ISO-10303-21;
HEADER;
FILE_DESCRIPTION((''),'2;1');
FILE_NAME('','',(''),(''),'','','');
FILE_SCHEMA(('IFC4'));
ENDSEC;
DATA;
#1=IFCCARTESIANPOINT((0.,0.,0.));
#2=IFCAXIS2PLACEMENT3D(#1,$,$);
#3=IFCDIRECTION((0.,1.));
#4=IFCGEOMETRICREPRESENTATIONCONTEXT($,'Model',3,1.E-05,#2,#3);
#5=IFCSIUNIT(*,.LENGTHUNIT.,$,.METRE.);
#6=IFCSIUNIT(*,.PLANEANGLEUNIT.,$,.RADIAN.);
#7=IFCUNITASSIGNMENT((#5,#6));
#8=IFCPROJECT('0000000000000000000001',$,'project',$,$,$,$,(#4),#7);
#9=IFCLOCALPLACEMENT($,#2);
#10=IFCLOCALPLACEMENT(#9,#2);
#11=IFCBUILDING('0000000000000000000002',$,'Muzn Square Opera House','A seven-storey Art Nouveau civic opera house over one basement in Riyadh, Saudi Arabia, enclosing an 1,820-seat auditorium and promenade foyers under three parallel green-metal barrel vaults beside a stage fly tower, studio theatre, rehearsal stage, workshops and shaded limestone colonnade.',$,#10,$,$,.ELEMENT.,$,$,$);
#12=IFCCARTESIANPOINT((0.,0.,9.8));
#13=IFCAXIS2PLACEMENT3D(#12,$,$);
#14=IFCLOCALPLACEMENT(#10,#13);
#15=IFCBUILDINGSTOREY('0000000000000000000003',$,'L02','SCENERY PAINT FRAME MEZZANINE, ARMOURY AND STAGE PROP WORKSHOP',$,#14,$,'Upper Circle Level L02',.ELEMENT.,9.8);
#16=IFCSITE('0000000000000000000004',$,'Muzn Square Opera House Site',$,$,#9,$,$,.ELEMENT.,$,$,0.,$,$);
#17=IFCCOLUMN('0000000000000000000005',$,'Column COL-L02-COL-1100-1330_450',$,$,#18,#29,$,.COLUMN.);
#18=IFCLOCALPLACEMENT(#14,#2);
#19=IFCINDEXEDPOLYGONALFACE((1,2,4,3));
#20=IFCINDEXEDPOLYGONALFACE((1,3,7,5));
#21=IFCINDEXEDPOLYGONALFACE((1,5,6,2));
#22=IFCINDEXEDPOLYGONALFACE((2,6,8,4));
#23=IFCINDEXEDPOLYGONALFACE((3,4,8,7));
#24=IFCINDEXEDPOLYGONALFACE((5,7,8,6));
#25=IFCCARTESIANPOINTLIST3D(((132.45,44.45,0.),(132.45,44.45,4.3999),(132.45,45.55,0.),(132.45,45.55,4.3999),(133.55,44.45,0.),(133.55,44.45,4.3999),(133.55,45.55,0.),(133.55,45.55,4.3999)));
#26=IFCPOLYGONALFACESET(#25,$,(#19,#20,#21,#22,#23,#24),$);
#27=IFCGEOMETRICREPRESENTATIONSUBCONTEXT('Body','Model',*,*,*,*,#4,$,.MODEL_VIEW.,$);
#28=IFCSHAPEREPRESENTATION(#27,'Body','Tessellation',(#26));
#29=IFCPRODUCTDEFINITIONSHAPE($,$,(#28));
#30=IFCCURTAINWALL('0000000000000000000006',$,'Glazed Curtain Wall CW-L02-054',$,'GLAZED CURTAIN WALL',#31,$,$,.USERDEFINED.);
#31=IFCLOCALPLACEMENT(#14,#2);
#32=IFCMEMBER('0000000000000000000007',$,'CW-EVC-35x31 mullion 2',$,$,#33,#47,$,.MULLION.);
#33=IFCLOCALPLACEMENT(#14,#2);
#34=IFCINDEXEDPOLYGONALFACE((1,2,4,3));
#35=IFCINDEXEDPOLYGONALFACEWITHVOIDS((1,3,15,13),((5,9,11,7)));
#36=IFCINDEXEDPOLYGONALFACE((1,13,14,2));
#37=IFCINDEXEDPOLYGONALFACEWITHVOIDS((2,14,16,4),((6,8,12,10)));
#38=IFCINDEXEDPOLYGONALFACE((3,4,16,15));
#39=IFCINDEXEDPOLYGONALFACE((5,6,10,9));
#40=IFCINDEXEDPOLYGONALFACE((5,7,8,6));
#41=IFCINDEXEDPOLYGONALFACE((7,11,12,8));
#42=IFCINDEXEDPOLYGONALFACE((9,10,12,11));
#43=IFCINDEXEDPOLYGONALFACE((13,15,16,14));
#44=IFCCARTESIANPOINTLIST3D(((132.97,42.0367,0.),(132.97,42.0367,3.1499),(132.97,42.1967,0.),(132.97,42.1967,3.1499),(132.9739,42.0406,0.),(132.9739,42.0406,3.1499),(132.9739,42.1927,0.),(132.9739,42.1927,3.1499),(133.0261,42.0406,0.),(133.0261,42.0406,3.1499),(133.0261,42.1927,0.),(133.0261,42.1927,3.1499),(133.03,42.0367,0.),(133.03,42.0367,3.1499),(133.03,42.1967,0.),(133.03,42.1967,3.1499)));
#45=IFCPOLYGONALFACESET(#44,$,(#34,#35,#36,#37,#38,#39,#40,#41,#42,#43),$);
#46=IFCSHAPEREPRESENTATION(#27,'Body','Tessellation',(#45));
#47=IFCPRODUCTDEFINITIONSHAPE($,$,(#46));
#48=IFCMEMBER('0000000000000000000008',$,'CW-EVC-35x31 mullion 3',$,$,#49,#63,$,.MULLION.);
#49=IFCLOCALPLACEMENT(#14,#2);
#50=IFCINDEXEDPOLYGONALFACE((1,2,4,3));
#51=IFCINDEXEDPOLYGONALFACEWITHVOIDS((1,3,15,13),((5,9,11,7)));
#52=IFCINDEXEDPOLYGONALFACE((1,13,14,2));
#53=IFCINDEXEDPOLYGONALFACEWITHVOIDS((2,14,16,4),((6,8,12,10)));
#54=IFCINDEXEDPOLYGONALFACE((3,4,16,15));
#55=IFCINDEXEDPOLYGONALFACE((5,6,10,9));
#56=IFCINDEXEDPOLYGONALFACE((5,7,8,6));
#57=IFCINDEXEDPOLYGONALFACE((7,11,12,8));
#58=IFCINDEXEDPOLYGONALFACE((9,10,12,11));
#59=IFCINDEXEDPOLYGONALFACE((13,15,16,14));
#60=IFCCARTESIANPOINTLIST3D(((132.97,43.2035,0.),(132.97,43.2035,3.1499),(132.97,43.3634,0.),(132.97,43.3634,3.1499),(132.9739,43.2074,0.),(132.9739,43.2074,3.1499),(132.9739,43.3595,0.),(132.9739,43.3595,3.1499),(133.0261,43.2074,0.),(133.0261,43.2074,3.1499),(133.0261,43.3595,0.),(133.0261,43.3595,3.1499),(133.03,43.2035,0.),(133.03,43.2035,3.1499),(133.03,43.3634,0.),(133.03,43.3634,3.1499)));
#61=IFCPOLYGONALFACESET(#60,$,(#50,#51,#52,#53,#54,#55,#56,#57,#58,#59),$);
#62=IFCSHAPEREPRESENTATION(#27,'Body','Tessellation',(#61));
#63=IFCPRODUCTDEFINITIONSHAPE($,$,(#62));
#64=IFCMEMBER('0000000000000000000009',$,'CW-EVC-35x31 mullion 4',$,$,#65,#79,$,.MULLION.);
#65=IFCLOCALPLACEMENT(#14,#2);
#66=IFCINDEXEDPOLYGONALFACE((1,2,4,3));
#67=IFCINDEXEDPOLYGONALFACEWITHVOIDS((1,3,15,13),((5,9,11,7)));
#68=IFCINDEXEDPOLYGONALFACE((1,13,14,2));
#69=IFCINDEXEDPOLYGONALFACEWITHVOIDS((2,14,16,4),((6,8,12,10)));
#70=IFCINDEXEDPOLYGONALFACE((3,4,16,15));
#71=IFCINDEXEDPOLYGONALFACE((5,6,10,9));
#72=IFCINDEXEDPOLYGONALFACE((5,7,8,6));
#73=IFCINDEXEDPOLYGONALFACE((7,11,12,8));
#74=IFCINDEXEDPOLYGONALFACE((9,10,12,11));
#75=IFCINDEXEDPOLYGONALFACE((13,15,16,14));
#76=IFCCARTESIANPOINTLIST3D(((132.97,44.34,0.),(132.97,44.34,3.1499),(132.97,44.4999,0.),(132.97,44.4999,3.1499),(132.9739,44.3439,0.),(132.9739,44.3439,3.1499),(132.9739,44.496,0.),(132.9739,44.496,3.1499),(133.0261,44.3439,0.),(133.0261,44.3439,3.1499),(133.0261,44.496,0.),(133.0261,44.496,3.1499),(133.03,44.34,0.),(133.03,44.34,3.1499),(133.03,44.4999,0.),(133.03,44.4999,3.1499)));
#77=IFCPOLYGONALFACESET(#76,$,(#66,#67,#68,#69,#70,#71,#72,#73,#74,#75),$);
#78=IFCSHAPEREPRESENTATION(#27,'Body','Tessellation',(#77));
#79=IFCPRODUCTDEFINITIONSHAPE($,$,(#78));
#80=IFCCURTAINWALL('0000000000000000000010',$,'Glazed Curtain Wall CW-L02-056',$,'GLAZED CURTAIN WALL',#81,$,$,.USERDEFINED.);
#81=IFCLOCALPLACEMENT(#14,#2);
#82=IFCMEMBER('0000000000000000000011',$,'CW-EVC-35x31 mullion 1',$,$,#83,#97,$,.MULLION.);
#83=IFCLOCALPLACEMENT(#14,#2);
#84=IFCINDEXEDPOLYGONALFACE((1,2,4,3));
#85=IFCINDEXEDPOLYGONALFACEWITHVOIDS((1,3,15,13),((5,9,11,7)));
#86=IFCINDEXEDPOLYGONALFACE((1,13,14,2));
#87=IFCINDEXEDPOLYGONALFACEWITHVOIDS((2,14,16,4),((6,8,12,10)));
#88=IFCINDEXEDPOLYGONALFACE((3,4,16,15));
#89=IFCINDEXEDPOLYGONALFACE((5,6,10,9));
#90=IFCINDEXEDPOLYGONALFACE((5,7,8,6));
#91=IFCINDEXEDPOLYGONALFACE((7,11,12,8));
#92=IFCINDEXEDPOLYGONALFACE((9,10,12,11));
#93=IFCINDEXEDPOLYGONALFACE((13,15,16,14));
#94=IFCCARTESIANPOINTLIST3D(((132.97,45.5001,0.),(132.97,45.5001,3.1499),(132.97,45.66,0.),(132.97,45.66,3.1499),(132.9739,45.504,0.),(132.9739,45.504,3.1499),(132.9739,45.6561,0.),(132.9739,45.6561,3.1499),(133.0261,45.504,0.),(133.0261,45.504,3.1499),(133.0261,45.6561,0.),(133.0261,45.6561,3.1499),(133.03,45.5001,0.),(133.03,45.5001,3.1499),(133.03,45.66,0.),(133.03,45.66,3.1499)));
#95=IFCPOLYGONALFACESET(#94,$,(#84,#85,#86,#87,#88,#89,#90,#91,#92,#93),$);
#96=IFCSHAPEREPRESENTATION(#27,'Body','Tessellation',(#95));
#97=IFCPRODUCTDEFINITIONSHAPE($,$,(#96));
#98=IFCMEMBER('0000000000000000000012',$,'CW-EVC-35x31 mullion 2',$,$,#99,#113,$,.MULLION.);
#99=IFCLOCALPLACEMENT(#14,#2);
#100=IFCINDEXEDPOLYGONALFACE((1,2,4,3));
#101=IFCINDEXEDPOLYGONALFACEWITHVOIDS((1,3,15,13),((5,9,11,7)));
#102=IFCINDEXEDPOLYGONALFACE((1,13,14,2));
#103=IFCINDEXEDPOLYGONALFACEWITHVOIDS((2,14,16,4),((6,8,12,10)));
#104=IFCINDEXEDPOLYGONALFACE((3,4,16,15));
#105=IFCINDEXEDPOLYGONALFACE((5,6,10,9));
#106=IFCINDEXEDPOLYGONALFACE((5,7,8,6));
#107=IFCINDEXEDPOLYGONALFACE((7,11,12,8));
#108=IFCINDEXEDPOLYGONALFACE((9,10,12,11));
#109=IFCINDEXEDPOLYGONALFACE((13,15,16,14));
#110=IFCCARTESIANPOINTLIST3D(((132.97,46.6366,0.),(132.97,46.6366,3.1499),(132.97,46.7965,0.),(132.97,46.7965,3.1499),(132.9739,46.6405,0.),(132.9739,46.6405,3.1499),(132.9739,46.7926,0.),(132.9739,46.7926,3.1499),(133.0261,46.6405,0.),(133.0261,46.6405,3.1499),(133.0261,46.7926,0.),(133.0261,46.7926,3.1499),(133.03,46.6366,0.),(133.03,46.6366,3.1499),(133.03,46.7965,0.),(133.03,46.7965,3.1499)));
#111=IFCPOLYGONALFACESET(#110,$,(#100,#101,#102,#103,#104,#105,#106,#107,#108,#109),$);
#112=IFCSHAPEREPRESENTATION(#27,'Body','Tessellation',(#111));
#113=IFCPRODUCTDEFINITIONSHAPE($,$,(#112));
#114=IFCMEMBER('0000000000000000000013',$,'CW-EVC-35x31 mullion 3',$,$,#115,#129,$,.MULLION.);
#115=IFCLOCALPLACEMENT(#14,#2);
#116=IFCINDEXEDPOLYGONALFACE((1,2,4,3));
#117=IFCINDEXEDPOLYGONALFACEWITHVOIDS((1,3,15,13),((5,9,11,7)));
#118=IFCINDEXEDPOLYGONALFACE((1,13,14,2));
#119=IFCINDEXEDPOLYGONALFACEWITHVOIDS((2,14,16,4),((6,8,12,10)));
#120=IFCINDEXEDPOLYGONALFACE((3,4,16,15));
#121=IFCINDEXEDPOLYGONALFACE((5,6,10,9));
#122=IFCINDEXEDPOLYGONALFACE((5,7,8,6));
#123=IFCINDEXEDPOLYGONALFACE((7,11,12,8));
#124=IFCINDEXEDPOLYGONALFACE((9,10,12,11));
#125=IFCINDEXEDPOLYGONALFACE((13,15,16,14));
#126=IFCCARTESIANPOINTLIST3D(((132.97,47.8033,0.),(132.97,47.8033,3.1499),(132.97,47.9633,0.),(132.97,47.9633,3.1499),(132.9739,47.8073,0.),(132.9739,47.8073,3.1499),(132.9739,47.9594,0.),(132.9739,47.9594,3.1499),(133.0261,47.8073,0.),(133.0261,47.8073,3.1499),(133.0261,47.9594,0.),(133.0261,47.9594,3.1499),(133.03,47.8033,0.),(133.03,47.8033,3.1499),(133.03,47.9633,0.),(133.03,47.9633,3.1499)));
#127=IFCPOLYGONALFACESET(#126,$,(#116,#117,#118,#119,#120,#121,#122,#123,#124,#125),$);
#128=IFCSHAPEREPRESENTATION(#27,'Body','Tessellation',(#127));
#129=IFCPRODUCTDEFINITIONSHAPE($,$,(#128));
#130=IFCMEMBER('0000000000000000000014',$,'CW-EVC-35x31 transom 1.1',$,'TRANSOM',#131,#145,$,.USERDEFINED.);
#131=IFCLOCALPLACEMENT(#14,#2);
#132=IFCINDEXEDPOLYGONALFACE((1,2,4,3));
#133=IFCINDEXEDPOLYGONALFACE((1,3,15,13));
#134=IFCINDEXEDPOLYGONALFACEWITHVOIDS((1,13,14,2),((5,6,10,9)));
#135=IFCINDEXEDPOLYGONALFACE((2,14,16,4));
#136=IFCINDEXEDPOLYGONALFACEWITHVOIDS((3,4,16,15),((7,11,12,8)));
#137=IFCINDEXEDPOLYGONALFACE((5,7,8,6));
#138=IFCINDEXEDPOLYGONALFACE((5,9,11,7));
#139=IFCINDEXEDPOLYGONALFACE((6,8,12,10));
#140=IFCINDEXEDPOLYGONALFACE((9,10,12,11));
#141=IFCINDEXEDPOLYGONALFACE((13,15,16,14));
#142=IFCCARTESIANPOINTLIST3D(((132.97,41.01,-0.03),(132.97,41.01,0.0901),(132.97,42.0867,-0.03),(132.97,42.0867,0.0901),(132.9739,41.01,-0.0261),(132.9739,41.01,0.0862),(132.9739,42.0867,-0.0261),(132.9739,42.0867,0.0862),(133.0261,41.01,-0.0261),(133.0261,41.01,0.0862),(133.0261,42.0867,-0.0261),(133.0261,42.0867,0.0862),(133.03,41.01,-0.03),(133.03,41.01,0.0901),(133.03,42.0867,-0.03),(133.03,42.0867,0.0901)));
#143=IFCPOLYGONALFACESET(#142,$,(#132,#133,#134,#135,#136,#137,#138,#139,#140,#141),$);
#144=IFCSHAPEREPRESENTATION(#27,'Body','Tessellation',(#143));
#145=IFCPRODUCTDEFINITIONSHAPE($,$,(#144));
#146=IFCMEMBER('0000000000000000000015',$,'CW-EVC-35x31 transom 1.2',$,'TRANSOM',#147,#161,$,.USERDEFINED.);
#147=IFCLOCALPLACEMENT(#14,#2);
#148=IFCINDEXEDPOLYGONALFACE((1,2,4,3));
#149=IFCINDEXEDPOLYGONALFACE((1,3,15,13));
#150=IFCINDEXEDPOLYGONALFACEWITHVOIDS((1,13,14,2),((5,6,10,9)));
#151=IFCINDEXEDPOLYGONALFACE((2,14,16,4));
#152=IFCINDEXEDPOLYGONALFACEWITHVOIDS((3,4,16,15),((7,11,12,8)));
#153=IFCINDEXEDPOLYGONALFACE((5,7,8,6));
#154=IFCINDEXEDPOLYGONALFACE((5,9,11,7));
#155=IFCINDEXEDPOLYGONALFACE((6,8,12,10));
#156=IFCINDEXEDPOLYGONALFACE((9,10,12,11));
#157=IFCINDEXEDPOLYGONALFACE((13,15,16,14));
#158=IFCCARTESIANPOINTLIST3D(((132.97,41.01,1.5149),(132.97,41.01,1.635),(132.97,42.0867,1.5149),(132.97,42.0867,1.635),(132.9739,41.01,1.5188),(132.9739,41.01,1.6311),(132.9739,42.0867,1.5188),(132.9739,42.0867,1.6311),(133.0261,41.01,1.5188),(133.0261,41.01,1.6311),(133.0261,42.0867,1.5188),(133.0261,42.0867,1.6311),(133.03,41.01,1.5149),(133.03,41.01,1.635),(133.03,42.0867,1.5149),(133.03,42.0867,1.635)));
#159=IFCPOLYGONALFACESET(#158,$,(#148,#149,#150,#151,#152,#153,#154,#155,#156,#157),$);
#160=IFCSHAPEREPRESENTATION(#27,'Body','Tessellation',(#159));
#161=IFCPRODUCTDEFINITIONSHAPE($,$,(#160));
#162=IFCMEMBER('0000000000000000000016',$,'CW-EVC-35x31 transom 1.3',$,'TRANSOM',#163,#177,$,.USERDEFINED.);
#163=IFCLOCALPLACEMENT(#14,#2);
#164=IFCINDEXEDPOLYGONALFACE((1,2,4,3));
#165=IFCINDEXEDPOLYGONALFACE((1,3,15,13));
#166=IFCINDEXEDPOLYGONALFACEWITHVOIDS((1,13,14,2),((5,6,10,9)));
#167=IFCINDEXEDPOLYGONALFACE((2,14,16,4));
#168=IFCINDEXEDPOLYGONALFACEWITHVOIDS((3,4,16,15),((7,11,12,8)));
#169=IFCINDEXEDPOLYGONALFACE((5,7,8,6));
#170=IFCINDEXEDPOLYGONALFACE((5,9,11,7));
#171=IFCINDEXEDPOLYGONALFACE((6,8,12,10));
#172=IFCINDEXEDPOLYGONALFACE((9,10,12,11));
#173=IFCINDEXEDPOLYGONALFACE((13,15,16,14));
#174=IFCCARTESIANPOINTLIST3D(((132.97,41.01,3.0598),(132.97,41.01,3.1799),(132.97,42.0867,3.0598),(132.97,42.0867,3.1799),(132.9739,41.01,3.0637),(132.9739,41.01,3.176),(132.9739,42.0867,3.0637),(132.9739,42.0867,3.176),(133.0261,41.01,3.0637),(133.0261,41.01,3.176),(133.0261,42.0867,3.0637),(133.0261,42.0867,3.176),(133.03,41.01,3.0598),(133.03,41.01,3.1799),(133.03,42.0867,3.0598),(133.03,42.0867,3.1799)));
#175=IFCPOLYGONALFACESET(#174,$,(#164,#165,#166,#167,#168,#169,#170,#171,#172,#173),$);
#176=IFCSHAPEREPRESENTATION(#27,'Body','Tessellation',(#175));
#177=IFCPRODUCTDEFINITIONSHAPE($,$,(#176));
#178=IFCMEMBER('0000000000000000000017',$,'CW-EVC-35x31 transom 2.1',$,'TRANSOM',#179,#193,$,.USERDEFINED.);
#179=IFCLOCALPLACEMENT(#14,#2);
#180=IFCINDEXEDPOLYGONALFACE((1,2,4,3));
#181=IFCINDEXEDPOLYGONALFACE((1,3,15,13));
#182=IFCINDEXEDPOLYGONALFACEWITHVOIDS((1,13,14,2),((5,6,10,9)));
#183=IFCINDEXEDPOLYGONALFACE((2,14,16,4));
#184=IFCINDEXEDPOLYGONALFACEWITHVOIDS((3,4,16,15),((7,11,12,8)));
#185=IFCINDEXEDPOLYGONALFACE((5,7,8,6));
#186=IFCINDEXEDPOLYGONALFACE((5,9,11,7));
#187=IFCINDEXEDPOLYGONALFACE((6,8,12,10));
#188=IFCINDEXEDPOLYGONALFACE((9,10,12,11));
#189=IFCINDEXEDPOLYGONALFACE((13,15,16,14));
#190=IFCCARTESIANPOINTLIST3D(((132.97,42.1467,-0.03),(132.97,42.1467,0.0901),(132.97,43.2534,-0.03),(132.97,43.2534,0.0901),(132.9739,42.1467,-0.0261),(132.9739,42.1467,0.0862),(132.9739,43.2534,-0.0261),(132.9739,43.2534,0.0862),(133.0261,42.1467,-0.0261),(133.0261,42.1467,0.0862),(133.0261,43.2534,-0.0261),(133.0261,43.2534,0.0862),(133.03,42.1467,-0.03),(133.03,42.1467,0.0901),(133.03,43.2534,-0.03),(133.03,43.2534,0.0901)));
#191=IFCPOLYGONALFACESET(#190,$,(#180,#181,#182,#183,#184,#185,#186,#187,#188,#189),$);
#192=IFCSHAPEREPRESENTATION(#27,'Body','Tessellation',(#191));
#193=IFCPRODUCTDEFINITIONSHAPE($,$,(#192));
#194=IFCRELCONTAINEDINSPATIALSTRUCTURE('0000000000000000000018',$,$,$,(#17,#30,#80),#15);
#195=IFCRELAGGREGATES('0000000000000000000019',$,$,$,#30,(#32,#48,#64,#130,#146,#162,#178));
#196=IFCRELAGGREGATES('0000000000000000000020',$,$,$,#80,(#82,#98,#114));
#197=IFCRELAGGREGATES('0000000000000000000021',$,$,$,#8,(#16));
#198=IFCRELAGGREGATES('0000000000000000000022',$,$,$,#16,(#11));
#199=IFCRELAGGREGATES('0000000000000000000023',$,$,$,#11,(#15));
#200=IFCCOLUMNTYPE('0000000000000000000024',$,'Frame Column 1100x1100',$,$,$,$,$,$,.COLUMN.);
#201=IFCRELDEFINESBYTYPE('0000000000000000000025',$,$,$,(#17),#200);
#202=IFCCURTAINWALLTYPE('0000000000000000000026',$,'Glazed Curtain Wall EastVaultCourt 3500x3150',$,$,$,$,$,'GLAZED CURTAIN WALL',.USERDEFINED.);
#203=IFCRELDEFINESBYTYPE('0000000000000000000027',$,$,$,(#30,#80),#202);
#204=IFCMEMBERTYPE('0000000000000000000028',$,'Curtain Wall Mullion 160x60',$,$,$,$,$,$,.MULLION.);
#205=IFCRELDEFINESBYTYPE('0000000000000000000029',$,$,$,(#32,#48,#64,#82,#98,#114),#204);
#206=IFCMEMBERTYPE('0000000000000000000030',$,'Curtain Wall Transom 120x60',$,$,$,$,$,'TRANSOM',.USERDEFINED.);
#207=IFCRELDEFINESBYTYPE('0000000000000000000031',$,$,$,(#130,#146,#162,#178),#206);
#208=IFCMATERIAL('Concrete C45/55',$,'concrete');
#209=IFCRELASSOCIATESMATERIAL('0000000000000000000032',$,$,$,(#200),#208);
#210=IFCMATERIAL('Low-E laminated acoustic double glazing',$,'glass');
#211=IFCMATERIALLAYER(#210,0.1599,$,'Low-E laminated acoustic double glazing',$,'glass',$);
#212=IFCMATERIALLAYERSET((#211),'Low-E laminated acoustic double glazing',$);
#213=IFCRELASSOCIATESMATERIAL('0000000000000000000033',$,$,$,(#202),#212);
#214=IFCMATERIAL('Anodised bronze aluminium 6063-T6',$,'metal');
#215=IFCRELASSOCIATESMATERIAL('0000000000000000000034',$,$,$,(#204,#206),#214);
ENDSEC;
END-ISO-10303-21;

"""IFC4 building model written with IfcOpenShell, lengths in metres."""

from ifc_helpers import new_model, si_unit, direction, frame, origin, origin_2d, place, context, subcontext, project, spatial, rectangle, hollow_rectangle, extrude, material, layer, layer_set, material_profile, profile_set, type_object, element, aggregate, save


model = new_model("IFC4")

# Units and contexts
model_context = context("Model", 3, precision=1e-05, world=origin(), true_north=direction((0.0, 1.0)))
body_context = subcontext(model_context, "Body", "Model", "MODEL_VIEW")
ifc_project = project(units=[si_unit("LENGTHUNIT", "METRE"), si_unit("PLANEANGLEUNIT", "RADIAN")], contexts=[model_context])

# Site, building, storey
site_placement = place(None, origin())
site = spatial("IfcSite", under=ifc_project, at=site_placement, Name="Muzn Square Opera House Site", CompositionType="ELEMENT", RefElevation=0.0)
building_placement = place(site_placement, origin())
building = spatial("IfcBuilding", under=site, at=building_placement, Name="Muzn Square Opera House", Description="A seven-storey Art Nouveau civic opera house over one basement in Riyadh, Saudi Arabia, enclosing an 1,820-seat auditorium and promenade foyers under three parallel green-metal barrel vaults beside a stage fly tower, studio theatre, rehearsal stage, workshops and shaded limestone colonnade.", CompositionType="ELEMENT")
storey_placement = place(building_placement, frame((0.0, 0.0, 9.8)))
storey = spatial("IfcBuildingStorey", under=building, at=storey_placement, Name="L02", Description="SCENERY PAINT FRAME MEZZANINE, ARMOURY AND STAGE PROP WORKSHOP", LongName="Upper Circle Level L02", CompositionType="ELEMENT", Elevation=9.8)

# Column
ifc_material_1 = material(Name="Concrete C45/55", Category="concrete")
ifc_material_profile_1 = material_profile(ifc_material_1, rectangle(XDim=1.1001, YDim=1.1001, at=origin_2d()), Name="RC 1100x1100", Category="concrete")
ifc_profile_set_1 = profile_set([ifc_material_profile_1], Name="Concrete C45/55")
column_type = type_object("IfcColumnType", Name="Frame Column 1100x1100", PredefinedType="COLUMN", material=ifc_profile_set_1)
column_placement = place(storey_placement, frame((133.0, 45.0, 0.0), z_axis=(0.0, 0.0, 1.0), x_axis=(1.0, 0.0, 0.0)))
element("IfcColumn", 1, at=column_placement, inside=storey, type_object=column_type, Name="Column COL-L02-COL-1100-1330_450", PredefinedType="COLUMN", context=body_context, shape_type="SweptSolid", body=[
    extrude(rectangle(XDim=1.1001, YDim=1.1001, at=origin_2d()), origin(), (0.0, 0.0, 1.0), 4.3999),
])

# Curtain walls, members
ifc_material_2 = material(Name="Low-E laminated acoustic double glazing", Category="glass")
ifc_layer_1 = layer(ifc_material_2, 0.1599, Name="Low-E laminated acoustic double glazing", Category="glass")
ifc_layer_set_1 = layer_set([ifc_layer_1], Name="Low-E laminated acoustic double glazing")
curtain_wall_type = type_object("IfcCurtainWallType", Name="Glazed Curtain Wall EastVaultCourt 3500x3150", ElementType="GLAZED CURTAIN WALL", PredefinedType="USERDEFINED", material=ifc_layer_set_1)
curtain_wall_1_placement = place(storey_placement, origin())
curtain_wall_1 = element("IfcCurtainWall", 2, at=curtain_wall_1_placement, inside=storey, type_object=curtain_wall_type, Name="Glazed Curtain Wall CW-L02-054", ObjectType="GLAZED CURTAIN WALL", PredefinedType="USERDEFINED")
ifc_material_3 = material(Name="Anodised bronze aluminium 6063-T6", Category="metal")
ifc_material_profile_2 = material_profile(ifc_material_3, hollow_rectangle(XDim=0.0601, YDim=0.1599, WallThickness=0.0039, at=origin_2d()), Name="ALU 160x60x4", Category="metal")
ifc_profile_set_2 = profile_set([ifc_material_profile_2], Name="Anodised bronze aluminium 6063-T6")
member_type_1 = type_object("IfcMemberType", Name="Curtain Wall Mullion 160x60", PredefinedType="MULLION", material=ifc_profile_set_2)
member_1_placement = place(storey_placement, frame((133.0, 42.1167, 0.0), z_axis=(0.0, 0.0, 1.0), x_axis=(-1.0, 0.0, 0.0)))
member_1 = element("IfcMember", 3, at=member_1_placement, type_object=member_type_1, Name="CW-EVC-35x31 mullion 2", PredefinedType="MULLION", context=body_context, shape_type="SweptSolid", body=[
    extrude(hollow_rectangle(XDim=0.0601, YDim=0.1599, WallThickness=0.0039, at=origin_2d()), origin(), (0.0, 0.0, 1.0), 3.1499),
])
member_2_placement = place(storey_placement, frame((133.0, 43.2834, 0.0), z_axis=(0.0, 0.0, 1.0), x_axis=(-1.0, 0.0, 0.0)))
member_2 = element("IfcMember", 4, at=member_2_placement, type_object=member_type_1, Name="CW-EVC-35x31 mullion 3", PredefinedType="MULLION", context=body_context, shape_type="SweptSolid", body=[
    extrude(hollow_rectangle(XDim=0.0601, YDim=0.1599, WallThickness=0.0039, at=origin_2d()), origin(), (0.0, 0.0, 1.0), 3.1499),
])
member_3_placement = place(storey_placement, frame((133.0, 44.4199, 0.0), z_axis=(0.0, 0.0, 1.0), x_axis=(-1.0, 0.0, 0.0)))
member_3 = element("IfcMember", 5, at=member_3_placement, type_object=member_type_1, Name="CW-EVC-35x31 mullion 4", PredefinedType="MULLION", context=body_context, shape_type="SweptSolid", body=[
    extrude(hollow_rectangle(XDim=0.0601, YDim=0.1599, WallThickness=0.0039, at=origin_2d()), origin(), (0.0, 0.0, 1.0), 3.1499),
])
curtain_wall_2_placement = place(storey_placement, origin())
curtain_wall_2 = element("IfcCurtainWall", 6, at=curtain_wall_2_placement, inside=storey, type_object=curtain_wall_type, Name="Glazed Curtain Wall CW-L02-056", ObjectType="GLAZED CURTAIN WALL", PredefinedType="USERDEFINED")
member_4_placement = place(storey_placement, frame((133.0, 45.5801, 0.0), z_axis=(0.0, 0.0, 1.0), x_axis=(-1.0, 0.0, 0.0)))
member_4 = element("IfcMember", 7, at=member_4_placement, type_object=member_type_1, Name="CW-EVC-35x31 mullion 1", PredefinedType="MULLION", context=body_context, shape_type="SweptSolid", body=[
    extrude(hollow_rectangle(XDim=0.0601, YDim=0.1599, WallThickness=0.0039, at=origin_2d()), origin(), (0.0, 0.0, 1.0), 3.1499),
])
member_5_placement = place(storey_placement, frame((133.0, 46.7166, 0.0), z_axis=(0.0, 0.0, 1.0), x_axis=(-1.0, 0.0, 0.0)))
member_5 = element("IfcMember", 8, at=member_5_placement, type_object=member_type_1, Name="CW-EVC-35x31 mullion 2", PredefinedType="MULLION", context=body_context, shape_type="SweptSolid", body=[
    extrude(hollow_rectangle(XDim=0.0601, YDim=0.1599, WallThickness=0.0039, at=origin_2d()), origin(), (0.0, 0.0, 1.0), 3.1499),
])
member_6_placement = place(storey_placement, frame((133.0, 47.8833, 0.0), z_axis=(0.0, 0.0, 1.0), x_axis=(-1.0, 0.0, 0.0)))
member_6 = element("IfcMember", 9, at=member_6_placement, type_object=member_type_1, Name="CW-EVC-35x31 mullion 3", PredefinedType="MULLION", context=body_context, shape_type="SweptSolid", body=[
    extrude(hollow_rectangle(XDim=0.0601, YDim=0.1599, WallThickness=0.0039, at=origin_2d()), origin(), (0.0, 0.0, 1.0), 3.1499),
])

# Members
ifc_material_profile_3 = material_profile(ifc_material_3, hollow_rectangle(XDim=0.0601, YDim=0.1201, WallThickness=0.0039, at=origin_2d()), Name="ALU 120x60x4", Category="metal")
ifc_profile_set_3 = profile_set([ifc_material_profile_3], Name="Anodised bronze aluminium 6063-T6")
member_type_2 = type_object("IfcMemberType", Name="Curtain Wall Transom 120x60", ElementType="TRANSOM", PredefinedType="USERDEFINED", material=ifc_profile_set_3)
member_7_placement = place(storey_placement, frame((133.0, 41.01, 0.03), z_axis=(0.0, 1.0, 0.0), x_axis=(-1.0, 0.0, 0.0)))
member_7 = element("IfcMember", 10, at=member_7_placement, type_object=member_type_2, Name="CW-EVC-35x31 transom 1.1", ObjectType="TRANSOM", PredefinedType="USERDEFINED", context=body_context, shape_type="SweptSolid", body=[
    extrude(hollow_rectangle(XDim=0.0601, YDim=0.1201, WallThickness=0.0039, at=origin_2d()), origin(), (0.0, 0.0, 1.0), 1.0767),
])
member_8_placement = place(storey_placement, frame((133.0, 41.01, 1.575), z_axis=(0.0, 1.0, 0.0), x_axis=(-1.0, 0.0, 0.0)))
member_8 = element("IfcMember", 11, at=member_8_placement, type_object=member_type_2, Name="CW-EVC-35x31 transom 1.2", ObjectType="TRANSOM", PredefinedType="USERDEFINED", context=body_context, shape_type="SweptSolid", body=[
    extrude(hollow_rectangle(XDim=0.0601, YDim=0.1201, WallThickness=0.0039, at=origin_2d()), origin(), (0.0, 0.0, 1.0), 1.0767),
])
member_9_placement = place(storey_placement, frame((133.0, 41.01, 3.1199), z_axis=(0.0, 1.0, 0.0), x_axis=(-1.0, 0.0, 0.0)))
member_9 = element("IfcMember", 12, at=member_9_placement, type_object=member_type_2, Name="CW-EVC-35x31 transom 1.3", ObjectType="TRANSOM", PredefinedType="USERDEFINED", context=body_context, shape_type="SweptSolid", body=[
    extrude(hollow_rectangle(XDim=0.0601, YDim=0.1201, WallThickness=0.0039, at=origin_2d()), origin(), (0.0, 0.0, 1.0), 1.0767),
])
member_10_placement = place(storey_placement, frame((133.0, 42.1467, 0.03), z_axis=(0.0, 1.0, 0.0), x_axis=(-1.0, 0.0, 0.0)))
member_10 = element("IfcMember", 13, at=member_10_placement, type_object=member_type_2, Name="CW-EVC-35x31 transom 2.1", ObjectType="TRANSOM", PredefinedType="USERDEFINED", context=body_context, shape_type="SweptSolid", body=[
    extrude(hollow_rectangle(XDim=0.0601, YDim=0.1201, WallThickness=0.0039, at=origin_2d()), origin(), (0.0, 0.0, 1.0), 1.1067),
])

aggregate(curtain_wall_1, [member_1, member_2, member_3, member_7, member_8, member_9, member_10])
aggregate(curtain_wall_2, [member_4, member_5, member_6])

save(model, "model.ifc")
